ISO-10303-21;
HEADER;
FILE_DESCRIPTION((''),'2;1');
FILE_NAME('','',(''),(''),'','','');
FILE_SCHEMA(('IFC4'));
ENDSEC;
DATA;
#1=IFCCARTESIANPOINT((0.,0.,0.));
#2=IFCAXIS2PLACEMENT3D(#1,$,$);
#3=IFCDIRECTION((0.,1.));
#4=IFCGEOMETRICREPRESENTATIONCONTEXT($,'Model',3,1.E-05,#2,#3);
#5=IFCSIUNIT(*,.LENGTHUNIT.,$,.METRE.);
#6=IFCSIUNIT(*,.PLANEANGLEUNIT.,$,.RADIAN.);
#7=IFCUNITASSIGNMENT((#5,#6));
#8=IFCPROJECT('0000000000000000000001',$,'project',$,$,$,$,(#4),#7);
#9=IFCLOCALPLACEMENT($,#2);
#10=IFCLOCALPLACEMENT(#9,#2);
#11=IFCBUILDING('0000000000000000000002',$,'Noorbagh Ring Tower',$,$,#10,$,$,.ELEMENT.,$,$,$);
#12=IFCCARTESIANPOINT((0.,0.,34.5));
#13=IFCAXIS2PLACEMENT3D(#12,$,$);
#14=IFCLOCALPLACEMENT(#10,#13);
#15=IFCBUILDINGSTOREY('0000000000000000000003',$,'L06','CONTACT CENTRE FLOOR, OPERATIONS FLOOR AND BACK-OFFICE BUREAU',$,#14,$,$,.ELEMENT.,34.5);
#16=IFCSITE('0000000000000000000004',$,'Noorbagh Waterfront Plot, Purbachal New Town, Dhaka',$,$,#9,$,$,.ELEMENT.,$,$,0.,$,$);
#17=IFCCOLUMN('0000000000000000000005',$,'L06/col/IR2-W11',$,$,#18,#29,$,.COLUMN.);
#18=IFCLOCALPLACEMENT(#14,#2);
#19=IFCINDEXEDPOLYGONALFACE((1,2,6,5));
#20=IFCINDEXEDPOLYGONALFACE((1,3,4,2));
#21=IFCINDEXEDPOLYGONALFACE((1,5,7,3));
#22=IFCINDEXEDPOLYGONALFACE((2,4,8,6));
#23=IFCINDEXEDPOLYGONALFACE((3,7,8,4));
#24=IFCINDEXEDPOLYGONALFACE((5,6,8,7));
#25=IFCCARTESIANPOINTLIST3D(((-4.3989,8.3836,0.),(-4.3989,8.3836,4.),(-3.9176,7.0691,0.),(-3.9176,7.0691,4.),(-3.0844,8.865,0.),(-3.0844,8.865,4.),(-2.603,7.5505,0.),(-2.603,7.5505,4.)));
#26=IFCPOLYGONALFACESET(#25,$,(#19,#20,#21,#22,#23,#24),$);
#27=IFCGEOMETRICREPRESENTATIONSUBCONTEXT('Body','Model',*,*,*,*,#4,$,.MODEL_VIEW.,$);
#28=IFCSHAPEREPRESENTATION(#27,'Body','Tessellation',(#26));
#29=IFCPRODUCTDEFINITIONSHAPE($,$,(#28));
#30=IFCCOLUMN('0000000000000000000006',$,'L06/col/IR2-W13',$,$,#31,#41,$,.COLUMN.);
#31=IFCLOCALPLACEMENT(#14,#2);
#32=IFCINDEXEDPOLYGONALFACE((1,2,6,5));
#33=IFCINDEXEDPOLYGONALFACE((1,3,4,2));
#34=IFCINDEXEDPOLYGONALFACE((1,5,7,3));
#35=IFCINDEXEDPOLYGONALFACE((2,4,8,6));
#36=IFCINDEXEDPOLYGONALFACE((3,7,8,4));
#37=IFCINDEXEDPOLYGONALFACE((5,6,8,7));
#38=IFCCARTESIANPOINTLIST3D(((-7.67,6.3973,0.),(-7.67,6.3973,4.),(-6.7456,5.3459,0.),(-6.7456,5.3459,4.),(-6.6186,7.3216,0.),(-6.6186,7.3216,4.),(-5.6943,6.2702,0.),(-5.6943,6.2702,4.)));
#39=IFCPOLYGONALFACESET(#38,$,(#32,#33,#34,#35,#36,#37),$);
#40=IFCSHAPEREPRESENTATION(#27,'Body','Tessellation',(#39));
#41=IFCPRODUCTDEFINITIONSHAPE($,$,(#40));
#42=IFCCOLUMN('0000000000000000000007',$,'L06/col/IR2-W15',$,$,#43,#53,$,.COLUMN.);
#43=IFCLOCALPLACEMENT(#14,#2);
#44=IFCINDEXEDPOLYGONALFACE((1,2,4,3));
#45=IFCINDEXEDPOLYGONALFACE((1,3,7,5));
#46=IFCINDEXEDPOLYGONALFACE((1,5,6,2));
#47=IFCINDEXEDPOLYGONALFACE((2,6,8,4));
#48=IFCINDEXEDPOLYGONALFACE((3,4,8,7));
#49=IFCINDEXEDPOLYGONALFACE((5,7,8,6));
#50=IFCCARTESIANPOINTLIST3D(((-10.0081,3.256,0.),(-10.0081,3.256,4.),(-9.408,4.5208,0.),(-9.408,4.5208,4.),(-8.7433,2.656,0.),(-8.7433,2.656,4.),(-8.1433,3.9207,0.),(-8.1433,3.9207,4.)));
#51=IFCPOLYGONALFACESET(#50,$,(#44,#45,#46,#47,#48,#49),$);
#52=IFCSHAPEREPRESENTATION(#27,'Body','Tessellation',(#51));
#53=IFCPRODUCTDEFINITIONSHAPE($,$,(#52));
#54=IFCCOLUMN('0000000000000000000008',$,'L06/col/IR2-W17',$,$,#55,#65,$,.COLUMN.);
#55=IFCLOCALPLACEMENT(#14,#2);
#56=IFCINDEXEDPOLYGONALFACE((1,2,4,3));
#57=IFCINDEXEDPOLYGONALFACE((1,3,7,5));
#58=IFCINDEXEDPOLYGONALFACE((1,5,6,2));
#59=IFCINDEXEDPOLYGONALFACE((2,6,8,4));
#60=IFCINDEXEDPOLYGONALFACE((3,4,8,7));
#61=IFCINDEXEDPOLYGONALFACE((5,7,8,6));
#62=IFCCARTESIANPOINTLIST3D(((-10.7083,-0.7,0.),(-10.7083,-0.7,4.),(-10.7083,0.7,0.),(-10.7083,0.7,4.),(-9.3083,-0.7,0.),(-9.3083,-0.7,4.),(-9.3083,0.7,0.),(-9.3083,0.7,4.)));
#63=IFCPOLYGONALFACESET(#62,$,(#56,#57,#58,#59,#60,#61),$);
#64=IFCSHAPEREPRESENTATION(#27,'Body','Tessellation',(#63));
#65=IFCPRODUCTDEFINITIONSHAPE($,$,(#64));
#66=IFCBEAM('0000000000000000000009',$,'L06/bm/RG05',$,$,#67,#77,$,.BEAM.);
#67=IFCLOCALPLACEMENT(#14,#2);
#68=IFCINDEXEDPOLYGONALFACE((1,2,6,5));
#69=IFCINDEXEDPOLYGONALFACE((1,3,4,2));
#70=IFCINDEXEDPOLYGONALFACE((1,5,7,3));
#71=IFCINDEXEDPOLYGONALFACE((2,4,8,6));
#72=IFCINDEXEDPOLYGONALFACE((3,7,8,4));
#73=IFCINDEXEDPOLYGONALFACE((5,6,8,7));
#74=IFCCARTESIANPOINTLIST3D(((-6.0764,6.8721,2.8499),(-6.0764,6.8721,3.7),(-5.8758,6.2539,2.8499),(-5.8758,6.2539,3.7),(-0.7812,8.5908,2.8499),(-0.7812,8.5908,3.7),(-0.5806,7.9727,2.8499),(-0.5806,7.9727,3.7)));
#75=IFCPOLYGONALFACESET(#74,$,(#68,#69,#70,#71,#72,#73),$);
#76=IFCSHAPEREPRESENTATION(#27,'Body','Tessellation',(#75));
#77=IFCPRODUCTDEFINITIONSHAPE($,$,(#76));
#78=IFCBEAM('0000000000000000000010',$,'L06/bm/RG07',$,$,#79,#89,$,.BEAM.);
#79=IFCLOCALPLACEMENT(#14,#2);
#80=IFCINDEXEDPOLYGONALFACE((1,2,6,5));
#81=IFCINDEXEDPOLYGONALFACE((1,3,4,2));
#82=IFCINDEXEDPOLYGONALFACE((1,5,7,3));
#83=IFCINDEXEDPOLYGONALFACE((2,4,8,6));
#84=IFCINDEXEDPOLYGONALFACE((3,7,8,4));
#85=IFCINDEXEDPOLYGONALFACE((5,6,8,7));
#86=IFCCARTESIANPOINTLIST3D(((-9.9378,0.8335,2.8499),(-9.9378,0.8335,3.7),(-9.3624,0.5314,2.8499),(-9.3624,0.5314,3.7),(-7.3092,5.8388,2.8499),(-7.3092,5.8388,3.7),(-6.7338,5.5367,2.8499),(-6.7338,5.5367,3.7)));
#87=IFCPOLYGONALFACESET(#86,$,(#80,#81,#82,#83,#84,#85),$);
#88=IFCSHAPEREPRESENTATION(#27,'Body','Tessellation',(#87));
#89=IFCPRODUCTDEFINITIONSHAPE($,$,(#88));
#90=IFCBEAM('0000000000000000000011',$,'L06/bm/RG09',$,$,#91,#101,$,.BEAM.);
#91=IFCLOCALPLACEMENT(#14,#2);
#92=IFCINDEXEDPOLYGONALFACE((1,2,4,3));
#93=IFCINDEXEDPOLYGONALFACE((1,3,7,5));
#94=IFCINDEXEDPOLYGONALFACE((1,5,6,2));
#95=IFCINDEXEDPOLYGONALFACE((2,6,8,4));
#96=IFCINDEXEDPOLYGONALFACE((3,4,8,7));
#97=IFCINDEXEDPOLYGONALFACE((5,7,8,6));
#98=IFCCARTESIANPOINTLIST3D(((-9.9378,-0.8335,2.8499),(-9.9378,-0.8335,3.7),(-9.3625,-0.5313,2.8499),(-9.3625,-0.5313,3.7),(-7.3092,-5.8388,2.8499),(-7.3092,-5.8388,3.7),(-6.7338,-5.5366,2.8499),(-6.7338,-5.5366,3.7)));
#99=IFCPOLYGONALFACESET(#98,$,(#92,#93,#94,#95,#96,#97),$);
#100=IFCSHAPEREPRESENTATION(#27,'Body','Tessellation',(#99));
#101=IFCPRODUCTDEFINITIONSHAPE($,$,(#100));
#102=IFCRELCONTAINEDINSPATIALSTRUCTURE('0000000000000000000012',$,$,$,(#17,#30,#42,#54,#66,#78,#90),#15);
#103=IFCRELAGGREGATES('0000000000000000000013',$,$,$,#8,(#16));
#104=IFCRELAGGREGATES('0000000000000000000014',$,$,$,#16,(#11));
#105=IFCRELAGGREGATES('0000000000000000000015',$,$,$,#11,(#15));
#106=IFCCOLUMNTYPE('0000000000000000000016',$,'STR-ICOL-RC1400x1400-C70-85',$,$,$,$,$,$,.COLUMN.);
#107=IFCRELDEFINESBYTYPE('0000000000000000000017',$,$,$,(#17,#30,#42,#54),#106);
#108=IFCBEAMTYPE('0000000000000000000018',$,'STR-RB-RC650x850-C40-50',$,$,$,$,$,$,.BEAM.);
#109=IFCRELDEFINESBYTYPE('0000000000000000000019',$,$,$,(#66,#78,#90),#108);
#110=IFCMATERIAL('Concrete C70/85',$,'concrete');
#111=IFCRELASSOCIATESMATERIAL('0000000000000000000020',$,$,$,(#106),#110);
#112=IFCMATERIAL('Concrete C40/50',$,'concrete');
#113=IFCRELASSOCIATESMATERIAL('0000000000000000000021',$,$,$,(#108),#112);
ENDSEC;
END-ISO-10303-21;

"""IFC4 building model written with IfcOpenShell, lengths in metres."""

from ifc_helpers import new_model, si_unit, direction, frame, origin, origin_2d, place, context, subcontext, project, spatial, rectangle, extrude, material, material_profile, profile_set, type_object, element, save


model = new_model("IFC4")

# Units and contexts
model_context = context("Model", 3, precision=1e-05, world=origin(), true_north=direction((0.0, 1.0)))
body_context = subcontext(model_context, "Body", "Model", "MODEL_VIEW")
ifc_project = project(units=[si_unit("LENGTHUNIT", "METRE"), si_unit("PLANEANGLEUNIT", "RADIAN")], contexts=[model_context])

# Site, building, storey
site_placement = place(None, origin())
site = spatial("IfcSite", under=ifc_project, at=site_placement, Name="Noorbagh Waterfront Plot, Purbachal New Town, Dhaka", CompositionType="ELEMENT", RefElevation=0.0)
building_placement = place(site_placement, origin())
building = spatial("IfcBuilding", under=site, at=building_placement, Name="Noorbagh Ring Tower", CompositionType="ELEMENT")
storey_placement = place(building_placement, frame((0.0, 0.0, 34.5)))
storey = spatial("IfcBuildingStorey", under=building, at=storey_placement, Name="L06", Description="CONTACT CENTRE FLOOR, OPERATIONS FLOOR AND BACK-OFFICE BUREAU", CompositionType="ELEMENT", Elevation=34.5)

# Columns
ifc_material_1 = material(Name="Concrete C70/85", Category="concrete")
ifc_material_profile_1 = material_profile(ifc_material_1, rectangle(XDim=1.3999, YDim=1.3999, at=origin_2d()), Name="RC1400x1400")
ifc_profile_set_1 = profile_set([ifc_material_profile_1], Name="Concrete C70/85")
column_type = type_object("IfcColumnType", Name="STR-ICOL-RC1400x1400-C70-85", PredefinedType="COLUMN", material=ifc_profile_set_1)
for number, where, z_axis, x_axis, name in (
    (1, (-3.501, 7.967, 0.0), (0.0, 0.0, 1.0), (-0.93902, -0.343864, 0.0), "L06/col/IR2-W11"),
    (2, (-6.6821, 6.3337, 0.0), (0.0, 0.0, 1.0), (-0.751022, -0.660277, 0.0), "L06/col/IR2-W13"),
    (3, (-9.0757, 3.5884, 0.0), (0.0, 0.0, 1.0), (-0.428667, -0.903463, 0.0), "L06/col/IR2-W15"),
    (4, (-10.0083, 0.0, 0.0), (0.0, 0.0, 1.0), (0.0, -1.0, 0.0), "L06/col/IR2-W17"),
):
    element("IfcColumn", number, at=place(storey_placement, frame(where, z_axis=z_axis, x_axis=x_axis)), inside=storey, type_object=column_type, Name=name, PredefinedType="COLUMN", context=body_context, shape_type="SweptSolid", body=[
        extrude(rectangle(XDim=1.3999, YDim=1.3999, at=origin_2d()), origin(), (0.0, 0.0, 1.0), 4.0),
    ])

# Beams
ifc_material_2 = material(Name="Concrete C40/50", Category="concrete")
ifc_material_profile_2 = material_profile(ifc_material_2, rectangle(XDim=0.6499, YDim=0.8501, at=origin_2d()), Name="RC650x850")
ifc_profile_set_2 = profile_set([ifc_material_profile_2], Name="Concrete C40/50")
beam_type = type_object("IfcBeamType", Name="STR-RB-RC650x850-C40-50", PredefinedType="BEAM", material=ifc_profile_set_2)
beam_placement = place(storey_placement, frame((-0.6809, 8.2817, 3.2749), z_axis=(-0.951149, -0.308732, 0.0), x_axis=(0.308732, -0.951149, 0.0)))
element("IfcBeam", 5, at=beam_placement, inside=storey, type_object=beam_type, Name="L06/bm/RG05", PredefinedType="BEAM", context=body_context, shape_type="SweptSolid", body=[
    extrude(rectangle(XDim=0.6499, YDim=0.8501, at=origin_2d()), origin(), (0.0, 0.0, 1.0), 5.5671),
])
for number, where, z_axis, x_axis, name in (
    (6, (-7.0215, 5.6877, 3.2749), (-0.464951, -0.885337, 0.0), (0.885337, -0.464951, 0.0), "L06/bm/RG07"),
    (7, (-9.6501, -0.6824, 3.2749), (0.464951, -0.885337, 0.0), (0.885337, 0.464951, 0.0), "L06/bm/RG09"),
):
    element("IfcBeam", number, at=place(storey_placement, frame(where, z_axis=z_axis, x_axis=x_axis)), inside=storey, type_object=beam_type, Name=name, PredefinedType="BEAM", context=body_context, shape_type="SweptSolid", body=[
        extrude(rectangle(XDim=0.6499, YDim=0.8501, at=origin_2d()), origin(), (0.0, 0.0, 1.0), 5.6536),
    ])

save(model, "model.ifc")
